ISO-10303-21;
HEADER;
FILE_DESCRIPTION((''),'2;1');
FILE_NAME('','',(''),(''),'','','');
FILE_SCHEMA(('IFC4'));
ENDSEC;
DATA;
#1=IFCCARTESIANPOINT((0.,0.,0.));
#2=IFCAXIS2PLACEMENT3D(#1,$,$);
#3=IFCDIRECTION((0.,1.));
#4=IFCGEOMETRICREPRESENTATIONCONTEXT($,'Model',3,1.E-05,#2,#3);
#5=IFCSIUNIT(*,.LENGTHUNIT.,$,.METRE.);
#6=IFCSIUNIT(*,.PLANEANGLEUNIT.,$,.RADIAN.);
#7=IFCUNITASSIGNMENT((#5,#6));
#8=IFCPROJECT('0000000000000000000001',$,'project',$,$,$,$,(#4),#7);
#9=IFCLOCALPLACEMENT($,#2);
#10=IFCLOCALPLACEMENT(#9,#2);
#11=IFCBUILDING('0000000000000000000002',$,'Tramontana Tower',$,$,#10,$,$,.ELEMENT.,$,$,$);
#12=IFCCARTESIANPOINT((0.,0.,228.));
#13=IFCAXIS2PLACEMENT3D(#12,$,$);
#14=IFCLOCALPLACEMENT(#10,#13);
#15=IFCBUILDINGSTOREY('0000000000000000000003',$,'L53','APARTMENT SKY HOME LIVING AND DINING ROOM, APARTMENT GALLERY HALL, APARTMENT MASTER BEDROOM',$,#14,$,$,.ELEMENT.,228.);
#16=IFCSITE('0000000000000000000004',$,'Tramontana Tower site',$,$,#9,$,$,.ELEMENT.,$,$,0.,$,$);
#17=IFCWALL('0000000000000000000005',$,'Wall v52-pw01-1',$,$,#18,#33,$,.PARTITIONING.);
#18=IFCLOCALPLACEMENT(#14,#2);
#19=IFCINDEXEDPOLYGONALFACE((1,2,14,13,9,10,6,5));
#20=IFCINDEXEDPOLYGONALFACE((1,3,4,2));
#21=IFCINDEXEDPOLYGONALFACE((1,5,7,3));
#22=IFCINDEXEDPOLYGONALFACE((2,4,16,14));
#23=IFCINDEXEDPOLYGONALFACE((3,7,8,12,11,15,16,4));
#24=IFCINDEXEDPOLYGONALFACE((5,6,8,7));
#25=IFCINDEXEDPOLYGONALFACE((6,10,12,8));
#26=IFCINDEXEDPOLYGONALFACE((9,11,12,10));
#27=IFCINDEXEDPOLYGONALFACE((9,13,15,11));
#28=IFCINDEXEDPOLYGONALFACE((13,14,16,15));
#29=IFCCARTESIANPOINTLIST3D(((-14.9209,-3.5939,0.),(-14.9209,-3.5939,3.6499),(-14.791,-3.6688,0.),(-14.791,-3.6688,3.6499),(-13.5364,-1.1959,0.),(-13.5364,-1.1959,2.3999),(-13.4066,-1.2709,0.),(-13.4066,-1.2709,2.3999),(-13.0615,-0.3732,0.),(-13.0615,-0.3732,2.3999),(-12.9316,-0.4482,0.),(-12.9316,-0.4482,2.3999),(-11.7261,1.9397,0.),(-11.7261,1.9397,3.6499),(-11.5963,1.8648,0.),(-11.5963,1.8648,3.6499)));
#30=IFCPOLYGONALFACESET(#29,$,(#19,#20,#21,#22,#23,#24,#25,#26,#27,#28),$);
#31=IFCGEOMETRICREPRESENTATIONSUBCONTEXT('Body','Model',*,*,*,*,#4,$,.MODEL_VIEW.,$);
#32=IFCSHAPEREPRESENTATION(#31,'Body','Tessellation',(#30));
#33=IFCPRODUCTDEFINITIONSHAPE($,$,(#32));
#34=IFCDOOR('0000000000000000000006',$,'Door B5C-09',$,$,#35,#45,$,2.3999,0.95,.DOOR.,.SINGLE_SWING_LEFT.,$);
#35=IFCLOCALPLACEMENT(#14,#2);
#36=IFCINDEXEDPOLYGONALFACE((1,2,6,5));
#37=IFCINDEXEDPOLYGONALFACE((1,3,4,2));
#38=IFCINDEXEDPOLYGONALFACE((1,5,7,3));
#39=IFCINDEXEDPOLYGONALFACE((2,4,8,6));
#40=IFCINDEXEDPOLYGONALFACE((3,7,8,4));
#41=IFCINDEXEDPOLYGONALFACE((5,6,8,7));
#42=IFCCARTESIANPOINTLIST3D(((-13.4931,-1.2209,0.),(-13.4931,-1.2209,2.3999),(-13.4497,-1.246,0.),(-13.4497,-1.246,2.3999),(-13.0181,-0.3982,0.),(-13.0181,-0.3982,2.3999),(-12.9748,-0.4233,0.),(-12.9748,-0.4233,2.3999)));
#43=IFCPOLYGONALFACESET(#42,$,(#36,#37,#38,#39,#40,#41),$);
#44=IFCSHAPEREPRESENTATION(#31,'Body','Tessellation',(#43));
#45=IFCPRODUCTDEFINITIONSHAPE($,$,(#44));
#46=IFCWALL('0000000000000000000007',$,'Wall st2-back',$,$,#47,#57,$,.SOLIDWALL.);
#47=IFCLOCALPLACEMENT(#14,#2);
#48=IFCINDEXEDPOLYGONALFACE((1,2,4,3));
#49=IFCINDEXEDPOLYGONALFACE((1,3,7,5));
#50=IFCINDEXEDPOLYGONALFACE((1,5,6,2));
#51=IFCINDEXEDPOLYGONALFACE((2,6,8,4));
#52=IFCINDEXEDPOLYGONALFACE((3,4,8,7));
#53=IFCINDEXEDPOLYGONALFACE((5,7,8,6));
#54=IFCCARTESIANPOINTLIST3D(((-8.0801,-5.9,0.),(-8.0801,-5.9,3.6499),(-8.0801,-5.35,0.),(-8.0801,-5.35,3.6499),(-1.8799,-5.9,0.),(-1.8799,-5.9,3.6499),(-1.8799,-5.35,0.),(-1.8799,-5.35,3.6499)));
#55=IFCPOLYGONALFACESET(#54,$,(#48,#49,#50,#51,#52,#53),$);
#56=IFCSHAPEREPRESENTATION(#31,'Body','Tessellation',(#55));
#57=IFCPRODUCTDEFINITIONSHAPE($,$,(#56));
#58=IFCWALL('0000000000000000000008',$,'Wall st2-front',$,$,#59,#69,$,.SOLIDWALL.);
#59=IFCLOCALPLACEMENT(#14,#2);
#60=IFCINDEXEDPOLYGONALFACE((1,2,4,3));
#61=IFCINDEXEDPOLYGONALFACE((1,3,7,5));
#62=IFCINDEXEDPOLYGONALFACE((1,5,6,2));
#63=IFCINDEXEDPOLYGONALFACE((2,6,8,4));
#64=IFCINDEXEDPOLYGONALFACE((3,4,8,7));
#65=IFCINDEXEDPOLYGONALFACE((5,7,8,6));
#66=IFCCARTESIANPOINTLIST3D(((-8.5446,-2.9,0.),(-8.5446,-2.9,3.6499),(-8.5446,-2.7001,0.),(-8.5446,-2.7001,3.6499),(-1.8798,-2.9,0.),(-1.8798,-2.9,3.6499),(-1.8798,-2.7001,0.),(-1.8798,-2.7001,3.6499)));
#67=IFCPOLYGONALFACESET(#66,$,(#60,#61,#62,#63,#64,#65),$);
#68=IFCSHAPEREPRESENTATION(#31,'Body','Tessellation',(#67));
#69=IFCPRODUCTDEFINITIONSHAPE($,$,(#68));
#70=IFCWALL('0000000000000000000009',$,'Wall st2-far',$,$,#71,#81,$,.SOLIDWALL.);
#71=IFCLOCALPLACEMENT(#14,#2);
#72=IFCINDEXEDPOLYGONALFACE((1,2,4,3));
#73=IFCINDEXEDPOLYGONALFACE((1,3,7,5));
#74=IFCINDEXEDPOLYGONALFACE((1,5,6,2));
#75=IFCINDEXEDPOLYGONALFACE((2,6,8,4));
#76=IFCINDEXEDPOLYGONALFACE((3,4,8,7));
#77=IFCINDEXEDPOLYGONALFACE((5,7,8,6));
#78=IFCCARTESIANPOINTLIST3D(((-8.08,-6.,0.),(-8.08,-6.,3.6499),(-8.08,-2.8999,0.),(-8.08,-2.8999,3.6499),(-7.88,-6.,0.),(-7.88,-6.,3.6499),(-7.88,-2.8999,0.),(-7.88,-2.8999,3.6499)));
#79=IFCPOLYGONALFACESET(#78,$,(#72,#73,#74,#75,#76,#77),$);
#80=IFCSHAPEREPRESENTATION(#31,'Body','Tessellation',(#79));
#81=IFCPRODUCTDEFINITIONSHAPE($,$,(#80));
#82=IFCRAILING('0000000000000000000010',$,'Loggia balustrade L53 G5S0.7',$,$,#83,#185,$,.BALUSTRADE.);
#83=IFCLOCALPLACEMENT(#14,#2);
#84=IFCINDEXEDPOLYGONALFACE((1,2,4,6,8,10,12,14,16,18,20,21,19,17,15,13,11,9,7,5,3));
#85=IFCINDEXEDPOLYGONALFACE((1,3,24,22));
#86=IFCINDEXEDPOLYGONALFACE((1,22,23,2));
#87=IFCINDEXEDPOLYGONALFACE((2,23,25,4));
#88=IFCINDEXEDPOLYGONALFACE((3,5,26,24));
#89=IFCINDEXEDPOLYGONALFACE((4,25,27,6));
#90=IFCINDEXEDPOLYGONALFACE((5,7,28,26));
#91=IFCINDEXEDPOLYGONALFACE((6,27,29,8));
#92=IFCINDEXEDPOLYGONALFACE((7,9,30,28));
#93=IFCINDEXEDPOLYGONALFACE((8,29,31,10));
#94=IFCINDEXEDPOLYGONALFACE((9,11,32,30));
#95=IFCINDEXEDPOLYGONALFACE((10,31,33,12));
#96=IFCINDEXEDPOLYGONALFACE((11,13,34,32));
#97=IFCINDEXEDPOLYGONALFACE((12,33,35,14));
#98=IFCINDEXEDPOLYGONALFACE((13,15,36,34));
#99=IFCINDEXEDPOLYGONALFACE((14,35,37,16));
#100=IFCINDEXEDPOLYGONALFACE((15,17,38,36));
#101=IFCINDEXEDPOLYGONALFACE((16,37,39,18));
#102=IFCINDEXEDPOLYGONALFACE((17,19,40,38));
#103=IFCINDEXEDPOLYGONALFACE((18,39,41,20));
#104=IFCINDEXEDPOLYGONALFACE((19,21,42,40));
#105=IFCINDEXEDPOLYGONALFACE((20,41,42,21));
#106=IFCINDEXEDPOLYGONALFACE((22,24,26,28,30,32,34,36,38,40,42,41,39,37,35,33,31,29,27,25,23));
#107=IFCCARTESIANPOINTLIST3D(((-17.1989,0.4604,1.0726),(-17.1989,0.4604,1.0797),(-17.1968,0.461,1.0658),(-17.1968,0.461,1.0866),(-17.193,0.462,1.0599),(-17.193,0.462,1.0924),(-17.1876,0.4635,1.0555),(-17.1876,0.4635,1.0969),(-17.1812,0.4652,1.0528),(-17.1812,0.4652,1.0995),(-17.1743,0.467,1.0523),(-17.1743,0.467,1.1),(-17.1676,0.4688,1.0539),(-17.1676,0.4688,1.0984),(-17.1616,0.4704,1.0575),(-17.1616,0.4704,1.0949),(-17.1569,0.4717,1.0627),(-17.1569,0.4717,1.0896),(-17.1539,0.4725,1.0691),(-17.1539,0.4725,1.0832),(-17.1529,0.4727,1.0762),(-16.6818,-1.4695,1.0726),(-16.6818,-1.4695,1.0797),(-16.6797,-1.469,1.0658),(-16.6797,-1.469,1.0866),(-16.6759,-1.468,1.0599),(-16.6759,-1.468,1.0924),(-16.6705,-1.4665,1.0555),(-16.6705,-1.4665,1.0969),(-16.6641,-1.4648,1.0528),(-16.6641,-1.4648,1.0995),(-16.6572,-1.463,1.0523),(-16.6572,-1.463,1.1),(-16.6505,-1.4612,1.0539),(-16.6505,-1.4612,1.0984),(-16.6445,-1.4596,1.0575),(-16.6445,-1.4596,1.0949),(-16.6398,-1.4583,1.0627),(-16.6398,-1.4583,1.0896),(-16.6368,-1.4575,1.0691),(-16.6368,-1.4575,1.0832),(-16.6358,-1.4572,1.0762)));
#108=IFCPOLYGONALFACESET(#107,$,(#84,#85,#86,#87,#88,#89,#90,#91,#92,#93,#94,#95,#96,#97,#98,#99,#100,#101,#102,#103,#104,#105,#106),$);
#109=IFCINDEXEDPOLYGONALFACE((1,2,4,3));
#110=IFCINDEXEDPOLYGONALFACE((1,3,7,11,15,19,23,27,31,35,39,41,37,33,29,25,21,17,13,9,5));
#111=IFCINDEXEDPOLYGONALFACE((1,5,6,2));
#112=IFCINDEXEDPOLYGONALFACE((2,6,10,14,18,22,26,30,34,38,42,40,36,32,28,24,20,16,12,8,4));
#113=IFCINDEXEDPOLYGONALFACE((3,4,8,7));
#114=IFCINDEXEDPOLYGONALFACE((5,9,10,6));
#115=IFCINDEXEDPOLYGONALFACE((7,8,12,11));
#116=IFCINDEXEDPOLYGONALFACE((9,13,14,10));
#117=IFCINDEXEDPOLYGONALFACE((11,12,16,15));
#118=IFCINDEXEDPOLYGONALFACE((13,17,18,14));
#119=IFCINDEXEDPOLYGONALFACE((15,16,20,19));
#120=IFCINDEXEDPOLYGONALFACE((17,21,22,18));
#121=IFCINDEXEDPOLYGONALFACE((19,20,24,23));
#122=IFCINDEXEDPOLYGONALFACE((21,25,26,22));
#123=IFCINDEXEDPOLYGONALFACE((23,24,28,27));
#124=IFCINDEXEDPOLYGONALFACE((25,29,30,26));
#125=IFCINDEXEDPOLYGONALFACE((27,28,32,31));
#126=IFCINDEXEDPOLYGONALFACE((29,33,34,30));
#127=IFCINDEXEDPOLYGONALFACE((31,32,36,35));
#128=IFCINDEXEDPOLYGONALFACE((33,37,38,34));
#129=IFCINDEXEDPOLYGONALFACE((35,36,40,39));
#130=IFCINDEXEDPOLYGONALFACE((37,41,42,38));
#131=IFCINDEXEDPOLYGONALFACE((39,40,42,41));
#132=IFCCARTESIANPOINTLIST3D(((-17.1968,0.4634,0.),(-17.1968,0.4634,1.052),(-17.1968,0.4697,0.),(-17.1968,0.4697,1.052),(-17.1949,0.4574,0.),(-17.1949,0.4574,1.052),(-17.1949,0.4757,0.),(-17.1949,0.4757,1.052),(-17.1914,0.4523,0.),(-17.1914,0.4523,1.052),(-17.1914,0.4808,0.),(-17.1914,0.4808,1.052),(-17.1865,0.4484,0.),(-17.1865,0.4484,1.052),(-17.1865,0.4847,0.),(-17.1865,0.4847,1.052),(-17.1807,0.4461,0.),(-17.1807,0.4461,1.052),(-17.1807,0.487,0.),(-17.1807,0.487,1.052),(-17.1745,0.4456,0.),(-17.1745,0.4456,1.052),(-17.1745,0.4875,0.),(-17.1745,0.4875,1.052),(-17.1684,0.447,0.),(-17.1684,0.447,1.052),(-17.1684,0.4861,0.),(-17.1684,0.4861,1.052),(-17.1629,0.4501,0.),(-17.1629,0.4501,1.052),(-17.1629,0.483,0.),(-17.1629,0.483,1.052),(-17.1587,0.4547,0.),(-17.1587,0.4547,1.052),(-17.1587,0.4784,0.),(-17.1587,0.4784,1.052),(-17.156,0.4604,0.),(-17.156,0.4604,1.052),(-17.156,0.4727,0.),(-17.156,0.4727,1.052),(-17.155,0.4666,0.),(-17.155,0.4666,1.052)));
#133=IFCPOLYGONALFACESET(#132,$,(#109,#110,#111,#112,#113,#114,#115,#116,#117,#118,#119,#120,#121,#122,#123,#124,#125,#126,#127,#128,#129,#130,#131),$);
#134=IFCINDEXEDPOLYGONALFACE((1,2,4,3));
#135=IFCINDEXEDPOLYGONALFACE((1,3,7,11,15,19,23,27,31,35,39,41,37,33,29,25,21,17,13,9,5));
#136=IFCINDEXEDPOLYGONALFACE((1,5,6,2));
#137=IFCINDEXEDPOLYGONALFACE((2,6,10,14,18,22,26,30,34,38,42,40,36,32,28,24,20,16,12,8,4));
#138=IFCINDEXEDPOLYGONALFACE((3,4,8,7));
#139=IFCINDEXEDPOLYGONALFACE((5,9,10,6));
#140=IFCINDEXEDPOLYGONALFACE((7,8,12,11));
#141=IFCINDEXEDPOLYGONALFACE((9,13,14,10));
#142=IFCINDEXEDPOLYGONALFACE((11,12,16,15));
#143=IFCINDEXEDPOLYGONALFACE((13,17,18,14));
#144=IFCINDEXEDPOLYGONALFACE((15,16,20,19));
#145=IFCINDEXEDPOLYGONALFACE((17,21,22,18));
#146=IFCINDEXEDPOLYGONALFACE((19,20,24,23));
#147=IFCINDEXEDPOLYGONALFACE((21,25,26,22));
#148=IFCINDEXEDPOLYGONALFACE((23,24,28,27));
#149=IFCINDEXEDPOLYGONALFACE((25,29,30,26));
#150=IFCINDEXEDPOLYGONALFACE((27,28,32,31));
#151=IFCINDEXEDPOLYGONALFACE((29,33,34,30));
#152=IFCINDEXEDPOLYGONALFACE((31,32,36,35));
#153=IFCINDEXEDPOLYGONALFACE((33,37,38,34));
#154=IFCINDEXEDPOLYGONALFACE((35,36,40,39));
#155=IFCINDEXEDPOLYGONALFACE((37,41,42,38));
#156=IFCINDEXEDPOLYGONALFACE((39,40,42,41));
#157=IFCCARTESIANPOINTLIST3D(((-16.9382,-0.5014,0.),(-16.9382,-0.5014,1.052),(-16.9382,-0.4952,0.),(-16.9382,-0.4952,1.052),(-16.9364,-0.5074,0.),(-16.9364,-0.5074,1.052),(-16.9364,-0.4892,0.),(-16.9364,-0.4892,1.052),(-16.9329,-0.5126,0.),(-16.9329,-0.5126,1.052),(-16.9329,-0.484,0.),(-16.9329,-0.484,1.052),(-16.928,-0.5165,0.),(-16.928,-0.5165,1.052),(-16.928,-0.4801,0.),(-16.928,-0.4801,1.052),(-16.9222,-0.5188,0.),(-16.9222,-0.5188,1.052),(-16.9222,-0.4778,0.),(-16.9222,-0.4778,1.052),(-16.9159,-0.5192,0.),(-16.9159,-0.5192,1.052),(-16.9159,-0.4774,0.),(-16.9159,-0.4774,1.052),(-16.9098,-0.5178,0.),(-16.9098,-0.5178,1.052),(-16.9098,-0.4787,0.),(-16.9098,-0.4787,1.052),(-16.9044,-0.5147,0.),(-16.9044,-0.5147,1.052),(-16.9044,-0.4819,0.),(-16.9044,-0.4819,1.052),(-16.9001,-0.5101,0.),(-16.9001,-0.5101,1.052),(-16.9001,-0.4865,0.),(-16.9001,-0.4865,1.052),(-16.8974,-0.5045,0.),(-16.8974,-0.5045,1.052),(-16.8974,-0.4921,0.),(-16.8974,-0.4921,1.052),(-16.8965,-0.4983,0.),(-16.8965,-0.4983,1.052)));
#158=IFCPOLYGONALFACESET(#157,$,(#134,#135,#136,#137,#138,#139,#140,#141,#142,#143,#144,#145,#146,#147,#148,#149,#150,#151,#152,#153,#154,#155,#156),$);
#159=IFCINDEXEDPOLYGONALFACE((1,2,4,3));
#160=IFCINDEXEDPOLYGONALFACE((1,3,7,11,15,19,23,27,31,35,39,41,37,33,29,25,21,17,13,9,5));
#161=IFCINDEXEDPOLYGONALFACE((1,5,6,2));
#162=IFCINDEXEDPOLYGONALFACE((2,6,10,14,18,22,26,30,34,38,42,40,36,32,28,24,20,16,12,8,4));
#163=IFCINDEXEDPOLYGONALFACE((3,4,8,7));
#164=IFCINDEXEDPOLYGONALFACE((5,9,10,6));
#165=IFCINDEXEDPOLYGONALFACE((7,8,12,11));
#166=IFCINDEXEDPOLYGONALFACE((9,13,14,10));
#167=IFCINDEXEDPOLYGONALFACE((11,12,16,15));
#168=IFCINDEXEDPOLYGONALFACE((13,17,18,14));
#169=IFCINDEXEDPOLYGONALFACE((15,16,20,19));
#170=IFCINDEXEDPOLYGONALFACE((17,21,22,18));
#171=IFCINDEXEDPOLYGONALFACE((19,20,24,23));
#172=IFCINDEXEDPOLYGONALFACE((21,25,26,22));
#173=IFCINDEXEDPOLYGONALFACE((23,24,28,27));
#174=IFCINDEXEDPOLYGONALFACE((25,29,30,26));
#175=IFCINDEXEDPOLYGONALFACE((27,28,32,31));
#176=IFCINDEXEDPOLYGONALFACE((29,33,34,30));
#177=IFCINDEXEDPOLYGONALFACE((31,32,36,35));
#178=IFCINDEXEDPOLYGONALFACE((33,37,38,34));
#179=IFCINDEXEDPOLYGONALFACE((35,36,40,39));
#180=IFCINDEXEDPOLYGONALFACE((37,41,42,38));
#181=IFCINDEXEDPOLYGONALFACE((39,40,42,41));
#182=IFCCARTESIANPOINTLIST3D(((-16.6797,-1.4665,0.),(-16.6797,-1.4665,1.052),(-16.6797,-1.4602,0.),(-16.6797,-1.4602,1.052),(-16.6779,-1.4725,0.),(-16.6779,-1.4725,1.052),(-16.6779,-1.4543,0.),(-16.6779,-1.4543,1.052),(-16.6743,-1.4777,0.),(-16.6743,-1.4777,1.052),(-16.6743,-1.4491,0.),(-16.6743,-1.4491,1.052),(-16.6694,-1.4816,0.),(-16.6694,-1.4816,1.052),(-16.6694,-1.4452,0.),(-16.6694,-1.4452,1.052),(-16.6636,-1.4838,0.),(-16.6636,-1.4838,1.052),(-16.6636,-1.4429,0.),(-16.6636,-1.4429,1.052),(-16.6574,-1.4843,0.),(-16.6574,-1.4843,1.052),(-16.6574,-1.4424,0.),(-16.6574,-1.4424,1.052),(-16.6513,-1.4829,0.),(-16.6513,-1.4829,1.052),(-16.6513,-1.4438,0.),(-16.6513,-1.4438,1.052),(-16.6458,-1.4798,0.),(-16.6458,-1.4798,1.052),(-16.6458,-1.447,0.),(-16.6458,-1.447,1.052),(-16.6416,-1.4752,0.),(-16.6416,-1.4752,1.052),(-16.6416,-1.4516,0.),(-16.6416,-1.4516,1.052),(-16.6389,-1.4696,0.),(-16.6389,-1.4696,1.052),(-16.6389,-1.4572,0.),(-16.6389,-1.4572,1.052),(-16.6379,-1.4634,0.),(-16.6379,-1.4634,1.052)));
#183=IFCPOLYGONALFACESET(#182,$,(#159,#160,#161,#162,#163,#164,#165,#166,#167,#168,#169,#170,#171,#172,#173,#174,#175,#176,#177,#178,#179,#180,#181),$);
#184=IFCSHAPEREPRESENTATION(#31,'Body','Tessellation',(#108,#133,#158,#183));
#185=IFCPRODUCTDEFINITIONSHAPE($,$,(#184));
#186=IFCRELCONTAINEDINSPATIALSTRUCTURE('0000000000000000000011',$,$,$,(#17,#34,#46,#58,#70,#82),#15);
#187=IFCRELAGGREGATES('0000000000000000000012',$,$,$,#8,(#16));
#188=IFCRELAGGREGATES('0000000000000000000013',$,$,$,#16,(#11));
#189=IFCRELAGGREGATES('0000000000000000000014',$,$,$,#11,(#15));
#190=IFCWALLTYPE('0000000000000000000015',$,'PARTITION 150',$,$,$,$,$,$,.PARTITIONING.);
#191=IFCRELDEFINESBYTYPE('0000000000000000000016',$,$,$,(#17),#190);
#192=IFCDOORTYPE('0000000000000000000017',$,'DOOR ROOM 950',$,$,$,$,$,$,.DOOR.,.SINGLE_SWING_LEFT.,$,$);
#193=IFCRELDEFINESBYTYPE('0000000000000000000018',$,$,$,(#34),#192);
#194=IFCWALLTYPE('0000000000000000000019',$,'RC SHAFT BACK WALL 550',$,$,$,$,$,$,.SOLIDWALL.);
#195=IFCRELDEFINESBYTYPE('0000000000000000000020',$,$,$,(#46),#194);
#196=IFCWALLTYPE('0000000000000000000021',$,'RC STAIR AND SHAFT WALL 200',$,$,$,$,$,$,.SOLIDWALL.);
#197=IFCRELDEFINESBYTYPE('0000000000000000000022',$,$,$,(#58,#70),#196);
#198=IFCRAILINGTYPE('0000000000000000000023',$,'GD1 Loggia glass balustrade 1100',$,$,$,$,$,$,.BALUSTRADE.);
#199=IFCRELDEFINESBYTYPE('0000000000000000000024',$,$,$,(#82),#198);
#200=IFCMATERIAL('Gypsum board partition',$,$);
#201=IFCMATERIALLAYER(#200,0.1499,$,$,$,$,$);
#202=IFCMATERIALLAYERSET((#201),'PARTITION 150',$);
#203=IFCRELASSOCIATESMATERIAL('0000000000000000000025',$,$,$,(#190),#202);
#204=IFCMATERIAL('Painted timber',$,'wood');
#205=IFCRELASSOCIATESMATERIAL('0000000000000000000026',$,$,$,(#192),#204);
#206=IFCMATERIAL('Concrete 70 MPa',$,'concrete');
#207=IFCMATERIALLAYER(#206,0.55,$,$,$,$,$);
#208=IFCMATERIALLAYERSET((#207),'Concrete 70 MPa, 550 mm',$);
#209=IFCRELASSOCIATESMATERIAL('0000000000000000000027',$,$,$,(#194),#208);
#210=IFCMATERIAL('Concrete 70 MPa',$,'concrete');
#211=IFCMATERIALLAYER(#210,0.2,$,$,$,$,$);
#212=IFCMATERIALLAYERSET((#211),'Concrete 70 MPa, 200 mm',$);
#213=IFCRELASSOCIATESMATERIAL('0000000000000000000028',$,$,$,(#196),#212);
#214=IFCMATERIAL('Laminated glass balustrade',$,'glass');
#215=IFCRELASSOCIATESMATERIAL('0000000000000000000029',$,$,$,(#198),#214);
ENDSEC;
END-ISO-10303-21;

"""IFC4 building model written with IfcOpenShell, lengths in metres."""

from ifc_helpers import new_model, si_unit, direction, frame, frame_2d, origin, origin_2d, place, context, subcontext, project, spatial, rectangle, circle, extrude, material, layer, layer_set, type_object, element, fill, save


model = new_model("IFC4")

# Units and contexts
model_context = context("Model", 3, precision=1e-05, world=origin(), true_north=direction((0.0, 1.0)))
body_context = subcontext(model_context, "Body", "Model", "MODEL_VIEW")
ifc_project = project(units=[si_unit("LENGTHUNIT", "METRE"), si_unit("PLANEANGLEUNIT", "RADIAN")], contexts=[model_context])

# Site, building, storey
site_placement = place(None, origin())
site = spatial("IfcSite", under=ifc_project, at=site_placement, Name="Tramontana Tower site", CompositionType="ELEMENT", RefElevation=0.0)
building_placement = place(site_placement, origin())
building = spatial("IfcBuilding", under=site, at=building_placement, Name="Tramontana Tower", CompositionType="ELEMENT")
storey_placement = place(building_placement, frame((0.0, 0.0, 228.0)))
storey = spatial("IfcBuildingStorey", under=building, at=storey_placement, Name="L53", Description="APARTMENT SKY HOME LIVING AND DINING ROOM, APARTMENT GALLERY HALL, APARTMENT MASTER BEDROOM", CompositionType="ELEMENT", Elevation=228.0)

# Shared definitions
ifc_material_1 = material(Name="Gypsum board partition")
ifc_layer_1 = layer(ifc_material_1, 0.1499)
ifc_layer_set_1 = layer_set([ifc_layer_1], Name="PARTITION 150")
wall_type_1 = type_object("IfcWallType", Name="PARTITION 150", PredefinedType="PARTITIONING", material=ifc_layer_set_1)

# Wall, opening, door
wall_1_placement = place(storey_placement, frame((-14.856, -3.6313, 0.0), z_axis=(0.0, 0.0, 1.0), x_axis=(0.499994, 0.866029, 0.0)))
wall_1 = element("IfcWall", 1, at=wall_1_placement, inside=storey, type_object=wall_type_1, Name="Wall v52-pw01-1", PredefinedType="PARTITIONING", context=body_context, shape_type="SweptSolid", body=[
    extrude(rectangle(XDim=6.3896, YDim=0.1499, at=frame_2d((3.1948, 0.0))), origin(), (0.0, 0.0, 1.0), 3.6499),
])
opening_1_placement = place(wall_1_placement, frame((2.7688, 0.0, 0.0)))
opening_1 = element("IfcOpeningElement", 2, at=opening_1_placement, cuts=wall_1, PredefinedType="OPENING", context=body_context, shape_type="SweptSolid", body=[
    extrude(rectangle(XDim=0.95, YDim=2.3999, at=frame_2d((0.4751, 1.2))), frame((0.0, 0.085, 0.0), z_axis=(0.0, -1.0, 0.0), x_axis=(1.0, 0.0, 0.0)), (0.0, 0.0, 1.0), 0.1699),
])
ifc_material_2 = material(Name="Painted timber", Category="wood")
door_type_1 = type_object("IfcDoorType", Name="DOOR ROOM 950", OperationType="SINGLE_SWING_LEFT", PredefinedType="DOOR", material=ifc_material_2)
door_1_placement = place(opening_1_placement, origin())
door_1 = element("IfcDoor", 3, at=door_1_placement, inside=storey, type_object=door_type_1, Name="Door B5C-09", OperationType="SINGLE_SWING_LEFT", OverallHeight=2.3999, OverallWidth=0.95, PredefinedType="DOOR", context=body_context, shape_type="SweptSolid", body=[
    extrude(rectangle(XDim=0.95, YDim=2.3999, at=frame_2d((0.4751, 1.2))), frame((0.0, 0.0249, 0.0), z_axis=(0.0, -1.0, 0.0), x_axis=(1.0, 0.0, 0.0)), (0.0, 0.0, 1.0), 0.05),
])
fill(opening_1, door_1)

# Walls
ifc_material_3 = material(Name="Concrete 70 MPa", Category="concrete")
ifc_layer_2 = layer(ifc_material_3, 0.55)
ifc_layer_set_2 = layer_set([ifc_layer_2], Name="Concrete 70 MPa, 550 mm")
wall_type_2 = type_object("IfcWallType", Name="RC SHAFT BACK WALL 550", PredefinedType="SOLIDWALL", material=ifc_layer_set_2)
wall_2_placement = place(storey_placement, frame((-8.0801, -5.625, 0.0), z_axis=(0.0, 0.0, 1.0), x_axis=(1.0, 0.0, 0.0)))
element("IfcWall", 4, at=wall_2_placement, inside=storey, type_object=wall_type_2, Name="Wall st2-back", PredefinedType="SOLIDWALL", context=body_context, shape_type="SweptSolid", body=[
    extrude(rectangle(XDim=6.2002, YDim=0.55, at=frame_2d((3.1001, 0.0))), origin(), (0.0, 0.0, 1.0), 3.6499),
])
ifc_material_4 = material(Name="Concrete 70 MPa", Category="concrete")
ifc_layer_3 = layer(ifc_material_4, 0.2)
ifc_layer_set_3 = layer_set([ifc_layer_3], Name="Concrete 70 MPa, 200 mm")
wall_type_3 = type_object("IfcWallType", Name="RC STAIR AND SHAFT WALL 200", PredefinedType="SOLIDWALL", material=ifc_layer_set_3)
wall_3_placement = place(storey_placement, frame((-8.5447, -2.8, 0.0), z_axis=(0.0, 0.0, 1.0), x_axis=(1.0, 0.0, 0.0)))
element("IfcWall", 5, at=wall_3_placement, inside=storey, type_object=wall_type_3, Name="Wall st2-front", PredefinedType="SOLIDWALL", context=body_context, shape_type="SweptSolid", body=[
    extrude(rectangle(XDim=6.6648, YDim=0.2, at=frame_2d((3.3325, 0.0))), origin(), (0.0, 0.0, 1.0), 3.6499),
])
wall_4_placement = place(storey_placement, frame((-7.98, -2.8999, 0.0), z_axis=(0.0, 0.0, 1.0), x_axis=(0.0, -1.0, 0.0)))
element("IfcWall", 6, at=wall_4_placement, inside=storey, type_object=wall_type_3, Name="Wall st2-far", PredefinedType="SOLIDWALL", context=body_context, shape_type="SweptSolid", body=[
    extrude(rectangle(XDim=3.1001, YDim=0.2, at=frame_2d((1.55, 0.0))), origin(), (0.0, 0.0, 1.0), 3.6499),
])

# Railing
ifc_material_5 = material(Name="Laminated glass balustrade", Category="glass")
railing_type = type_object("IfcRailingType", Name="GD1 Loggia glass balustrade 1100", PredefinedType="BALUSTRADE", material=ifc_material_5)
railing_placement = place(storey_placement, frame((-17.176, 0.4666, 0.0)))
element("IfcRailing", 7, at=railing_placement, inside=storey, type_object=railing_type, Name="Loggia balustrade L53 G5S0.7", PredefinedType="BALUSTRADE", context=body_context, shape_type="SweptSolid", body=[
    extrude(circle(Radius=0.0239, at=origin_2d()), frame((0.0, 0.0, 1.0762), z_axis=(0.258803, -0.96593, 0.0), x_axis=(0.96593, 0.258803, 0.0)), (0.0, 0.0, 1.0), 1.998),
    extrude(circle(Radius=0.021, at=origin_2d()), origin(), (0.0, 0.0, 1.0), 1.052),
    extrude(circle(Radius=0.021, at=origin_2d()), frame((0.2585, -0.9648, 0.0)), (0.0, 0.0, 1.0), 1.052),
    extrude(circle(Radius=0.021, at=origin_2d()), frame((0.5171, -1.9299, 0.0)), (0.0, 0.0, 1.0), 1.052),
])

save(model, "model.ifc")
